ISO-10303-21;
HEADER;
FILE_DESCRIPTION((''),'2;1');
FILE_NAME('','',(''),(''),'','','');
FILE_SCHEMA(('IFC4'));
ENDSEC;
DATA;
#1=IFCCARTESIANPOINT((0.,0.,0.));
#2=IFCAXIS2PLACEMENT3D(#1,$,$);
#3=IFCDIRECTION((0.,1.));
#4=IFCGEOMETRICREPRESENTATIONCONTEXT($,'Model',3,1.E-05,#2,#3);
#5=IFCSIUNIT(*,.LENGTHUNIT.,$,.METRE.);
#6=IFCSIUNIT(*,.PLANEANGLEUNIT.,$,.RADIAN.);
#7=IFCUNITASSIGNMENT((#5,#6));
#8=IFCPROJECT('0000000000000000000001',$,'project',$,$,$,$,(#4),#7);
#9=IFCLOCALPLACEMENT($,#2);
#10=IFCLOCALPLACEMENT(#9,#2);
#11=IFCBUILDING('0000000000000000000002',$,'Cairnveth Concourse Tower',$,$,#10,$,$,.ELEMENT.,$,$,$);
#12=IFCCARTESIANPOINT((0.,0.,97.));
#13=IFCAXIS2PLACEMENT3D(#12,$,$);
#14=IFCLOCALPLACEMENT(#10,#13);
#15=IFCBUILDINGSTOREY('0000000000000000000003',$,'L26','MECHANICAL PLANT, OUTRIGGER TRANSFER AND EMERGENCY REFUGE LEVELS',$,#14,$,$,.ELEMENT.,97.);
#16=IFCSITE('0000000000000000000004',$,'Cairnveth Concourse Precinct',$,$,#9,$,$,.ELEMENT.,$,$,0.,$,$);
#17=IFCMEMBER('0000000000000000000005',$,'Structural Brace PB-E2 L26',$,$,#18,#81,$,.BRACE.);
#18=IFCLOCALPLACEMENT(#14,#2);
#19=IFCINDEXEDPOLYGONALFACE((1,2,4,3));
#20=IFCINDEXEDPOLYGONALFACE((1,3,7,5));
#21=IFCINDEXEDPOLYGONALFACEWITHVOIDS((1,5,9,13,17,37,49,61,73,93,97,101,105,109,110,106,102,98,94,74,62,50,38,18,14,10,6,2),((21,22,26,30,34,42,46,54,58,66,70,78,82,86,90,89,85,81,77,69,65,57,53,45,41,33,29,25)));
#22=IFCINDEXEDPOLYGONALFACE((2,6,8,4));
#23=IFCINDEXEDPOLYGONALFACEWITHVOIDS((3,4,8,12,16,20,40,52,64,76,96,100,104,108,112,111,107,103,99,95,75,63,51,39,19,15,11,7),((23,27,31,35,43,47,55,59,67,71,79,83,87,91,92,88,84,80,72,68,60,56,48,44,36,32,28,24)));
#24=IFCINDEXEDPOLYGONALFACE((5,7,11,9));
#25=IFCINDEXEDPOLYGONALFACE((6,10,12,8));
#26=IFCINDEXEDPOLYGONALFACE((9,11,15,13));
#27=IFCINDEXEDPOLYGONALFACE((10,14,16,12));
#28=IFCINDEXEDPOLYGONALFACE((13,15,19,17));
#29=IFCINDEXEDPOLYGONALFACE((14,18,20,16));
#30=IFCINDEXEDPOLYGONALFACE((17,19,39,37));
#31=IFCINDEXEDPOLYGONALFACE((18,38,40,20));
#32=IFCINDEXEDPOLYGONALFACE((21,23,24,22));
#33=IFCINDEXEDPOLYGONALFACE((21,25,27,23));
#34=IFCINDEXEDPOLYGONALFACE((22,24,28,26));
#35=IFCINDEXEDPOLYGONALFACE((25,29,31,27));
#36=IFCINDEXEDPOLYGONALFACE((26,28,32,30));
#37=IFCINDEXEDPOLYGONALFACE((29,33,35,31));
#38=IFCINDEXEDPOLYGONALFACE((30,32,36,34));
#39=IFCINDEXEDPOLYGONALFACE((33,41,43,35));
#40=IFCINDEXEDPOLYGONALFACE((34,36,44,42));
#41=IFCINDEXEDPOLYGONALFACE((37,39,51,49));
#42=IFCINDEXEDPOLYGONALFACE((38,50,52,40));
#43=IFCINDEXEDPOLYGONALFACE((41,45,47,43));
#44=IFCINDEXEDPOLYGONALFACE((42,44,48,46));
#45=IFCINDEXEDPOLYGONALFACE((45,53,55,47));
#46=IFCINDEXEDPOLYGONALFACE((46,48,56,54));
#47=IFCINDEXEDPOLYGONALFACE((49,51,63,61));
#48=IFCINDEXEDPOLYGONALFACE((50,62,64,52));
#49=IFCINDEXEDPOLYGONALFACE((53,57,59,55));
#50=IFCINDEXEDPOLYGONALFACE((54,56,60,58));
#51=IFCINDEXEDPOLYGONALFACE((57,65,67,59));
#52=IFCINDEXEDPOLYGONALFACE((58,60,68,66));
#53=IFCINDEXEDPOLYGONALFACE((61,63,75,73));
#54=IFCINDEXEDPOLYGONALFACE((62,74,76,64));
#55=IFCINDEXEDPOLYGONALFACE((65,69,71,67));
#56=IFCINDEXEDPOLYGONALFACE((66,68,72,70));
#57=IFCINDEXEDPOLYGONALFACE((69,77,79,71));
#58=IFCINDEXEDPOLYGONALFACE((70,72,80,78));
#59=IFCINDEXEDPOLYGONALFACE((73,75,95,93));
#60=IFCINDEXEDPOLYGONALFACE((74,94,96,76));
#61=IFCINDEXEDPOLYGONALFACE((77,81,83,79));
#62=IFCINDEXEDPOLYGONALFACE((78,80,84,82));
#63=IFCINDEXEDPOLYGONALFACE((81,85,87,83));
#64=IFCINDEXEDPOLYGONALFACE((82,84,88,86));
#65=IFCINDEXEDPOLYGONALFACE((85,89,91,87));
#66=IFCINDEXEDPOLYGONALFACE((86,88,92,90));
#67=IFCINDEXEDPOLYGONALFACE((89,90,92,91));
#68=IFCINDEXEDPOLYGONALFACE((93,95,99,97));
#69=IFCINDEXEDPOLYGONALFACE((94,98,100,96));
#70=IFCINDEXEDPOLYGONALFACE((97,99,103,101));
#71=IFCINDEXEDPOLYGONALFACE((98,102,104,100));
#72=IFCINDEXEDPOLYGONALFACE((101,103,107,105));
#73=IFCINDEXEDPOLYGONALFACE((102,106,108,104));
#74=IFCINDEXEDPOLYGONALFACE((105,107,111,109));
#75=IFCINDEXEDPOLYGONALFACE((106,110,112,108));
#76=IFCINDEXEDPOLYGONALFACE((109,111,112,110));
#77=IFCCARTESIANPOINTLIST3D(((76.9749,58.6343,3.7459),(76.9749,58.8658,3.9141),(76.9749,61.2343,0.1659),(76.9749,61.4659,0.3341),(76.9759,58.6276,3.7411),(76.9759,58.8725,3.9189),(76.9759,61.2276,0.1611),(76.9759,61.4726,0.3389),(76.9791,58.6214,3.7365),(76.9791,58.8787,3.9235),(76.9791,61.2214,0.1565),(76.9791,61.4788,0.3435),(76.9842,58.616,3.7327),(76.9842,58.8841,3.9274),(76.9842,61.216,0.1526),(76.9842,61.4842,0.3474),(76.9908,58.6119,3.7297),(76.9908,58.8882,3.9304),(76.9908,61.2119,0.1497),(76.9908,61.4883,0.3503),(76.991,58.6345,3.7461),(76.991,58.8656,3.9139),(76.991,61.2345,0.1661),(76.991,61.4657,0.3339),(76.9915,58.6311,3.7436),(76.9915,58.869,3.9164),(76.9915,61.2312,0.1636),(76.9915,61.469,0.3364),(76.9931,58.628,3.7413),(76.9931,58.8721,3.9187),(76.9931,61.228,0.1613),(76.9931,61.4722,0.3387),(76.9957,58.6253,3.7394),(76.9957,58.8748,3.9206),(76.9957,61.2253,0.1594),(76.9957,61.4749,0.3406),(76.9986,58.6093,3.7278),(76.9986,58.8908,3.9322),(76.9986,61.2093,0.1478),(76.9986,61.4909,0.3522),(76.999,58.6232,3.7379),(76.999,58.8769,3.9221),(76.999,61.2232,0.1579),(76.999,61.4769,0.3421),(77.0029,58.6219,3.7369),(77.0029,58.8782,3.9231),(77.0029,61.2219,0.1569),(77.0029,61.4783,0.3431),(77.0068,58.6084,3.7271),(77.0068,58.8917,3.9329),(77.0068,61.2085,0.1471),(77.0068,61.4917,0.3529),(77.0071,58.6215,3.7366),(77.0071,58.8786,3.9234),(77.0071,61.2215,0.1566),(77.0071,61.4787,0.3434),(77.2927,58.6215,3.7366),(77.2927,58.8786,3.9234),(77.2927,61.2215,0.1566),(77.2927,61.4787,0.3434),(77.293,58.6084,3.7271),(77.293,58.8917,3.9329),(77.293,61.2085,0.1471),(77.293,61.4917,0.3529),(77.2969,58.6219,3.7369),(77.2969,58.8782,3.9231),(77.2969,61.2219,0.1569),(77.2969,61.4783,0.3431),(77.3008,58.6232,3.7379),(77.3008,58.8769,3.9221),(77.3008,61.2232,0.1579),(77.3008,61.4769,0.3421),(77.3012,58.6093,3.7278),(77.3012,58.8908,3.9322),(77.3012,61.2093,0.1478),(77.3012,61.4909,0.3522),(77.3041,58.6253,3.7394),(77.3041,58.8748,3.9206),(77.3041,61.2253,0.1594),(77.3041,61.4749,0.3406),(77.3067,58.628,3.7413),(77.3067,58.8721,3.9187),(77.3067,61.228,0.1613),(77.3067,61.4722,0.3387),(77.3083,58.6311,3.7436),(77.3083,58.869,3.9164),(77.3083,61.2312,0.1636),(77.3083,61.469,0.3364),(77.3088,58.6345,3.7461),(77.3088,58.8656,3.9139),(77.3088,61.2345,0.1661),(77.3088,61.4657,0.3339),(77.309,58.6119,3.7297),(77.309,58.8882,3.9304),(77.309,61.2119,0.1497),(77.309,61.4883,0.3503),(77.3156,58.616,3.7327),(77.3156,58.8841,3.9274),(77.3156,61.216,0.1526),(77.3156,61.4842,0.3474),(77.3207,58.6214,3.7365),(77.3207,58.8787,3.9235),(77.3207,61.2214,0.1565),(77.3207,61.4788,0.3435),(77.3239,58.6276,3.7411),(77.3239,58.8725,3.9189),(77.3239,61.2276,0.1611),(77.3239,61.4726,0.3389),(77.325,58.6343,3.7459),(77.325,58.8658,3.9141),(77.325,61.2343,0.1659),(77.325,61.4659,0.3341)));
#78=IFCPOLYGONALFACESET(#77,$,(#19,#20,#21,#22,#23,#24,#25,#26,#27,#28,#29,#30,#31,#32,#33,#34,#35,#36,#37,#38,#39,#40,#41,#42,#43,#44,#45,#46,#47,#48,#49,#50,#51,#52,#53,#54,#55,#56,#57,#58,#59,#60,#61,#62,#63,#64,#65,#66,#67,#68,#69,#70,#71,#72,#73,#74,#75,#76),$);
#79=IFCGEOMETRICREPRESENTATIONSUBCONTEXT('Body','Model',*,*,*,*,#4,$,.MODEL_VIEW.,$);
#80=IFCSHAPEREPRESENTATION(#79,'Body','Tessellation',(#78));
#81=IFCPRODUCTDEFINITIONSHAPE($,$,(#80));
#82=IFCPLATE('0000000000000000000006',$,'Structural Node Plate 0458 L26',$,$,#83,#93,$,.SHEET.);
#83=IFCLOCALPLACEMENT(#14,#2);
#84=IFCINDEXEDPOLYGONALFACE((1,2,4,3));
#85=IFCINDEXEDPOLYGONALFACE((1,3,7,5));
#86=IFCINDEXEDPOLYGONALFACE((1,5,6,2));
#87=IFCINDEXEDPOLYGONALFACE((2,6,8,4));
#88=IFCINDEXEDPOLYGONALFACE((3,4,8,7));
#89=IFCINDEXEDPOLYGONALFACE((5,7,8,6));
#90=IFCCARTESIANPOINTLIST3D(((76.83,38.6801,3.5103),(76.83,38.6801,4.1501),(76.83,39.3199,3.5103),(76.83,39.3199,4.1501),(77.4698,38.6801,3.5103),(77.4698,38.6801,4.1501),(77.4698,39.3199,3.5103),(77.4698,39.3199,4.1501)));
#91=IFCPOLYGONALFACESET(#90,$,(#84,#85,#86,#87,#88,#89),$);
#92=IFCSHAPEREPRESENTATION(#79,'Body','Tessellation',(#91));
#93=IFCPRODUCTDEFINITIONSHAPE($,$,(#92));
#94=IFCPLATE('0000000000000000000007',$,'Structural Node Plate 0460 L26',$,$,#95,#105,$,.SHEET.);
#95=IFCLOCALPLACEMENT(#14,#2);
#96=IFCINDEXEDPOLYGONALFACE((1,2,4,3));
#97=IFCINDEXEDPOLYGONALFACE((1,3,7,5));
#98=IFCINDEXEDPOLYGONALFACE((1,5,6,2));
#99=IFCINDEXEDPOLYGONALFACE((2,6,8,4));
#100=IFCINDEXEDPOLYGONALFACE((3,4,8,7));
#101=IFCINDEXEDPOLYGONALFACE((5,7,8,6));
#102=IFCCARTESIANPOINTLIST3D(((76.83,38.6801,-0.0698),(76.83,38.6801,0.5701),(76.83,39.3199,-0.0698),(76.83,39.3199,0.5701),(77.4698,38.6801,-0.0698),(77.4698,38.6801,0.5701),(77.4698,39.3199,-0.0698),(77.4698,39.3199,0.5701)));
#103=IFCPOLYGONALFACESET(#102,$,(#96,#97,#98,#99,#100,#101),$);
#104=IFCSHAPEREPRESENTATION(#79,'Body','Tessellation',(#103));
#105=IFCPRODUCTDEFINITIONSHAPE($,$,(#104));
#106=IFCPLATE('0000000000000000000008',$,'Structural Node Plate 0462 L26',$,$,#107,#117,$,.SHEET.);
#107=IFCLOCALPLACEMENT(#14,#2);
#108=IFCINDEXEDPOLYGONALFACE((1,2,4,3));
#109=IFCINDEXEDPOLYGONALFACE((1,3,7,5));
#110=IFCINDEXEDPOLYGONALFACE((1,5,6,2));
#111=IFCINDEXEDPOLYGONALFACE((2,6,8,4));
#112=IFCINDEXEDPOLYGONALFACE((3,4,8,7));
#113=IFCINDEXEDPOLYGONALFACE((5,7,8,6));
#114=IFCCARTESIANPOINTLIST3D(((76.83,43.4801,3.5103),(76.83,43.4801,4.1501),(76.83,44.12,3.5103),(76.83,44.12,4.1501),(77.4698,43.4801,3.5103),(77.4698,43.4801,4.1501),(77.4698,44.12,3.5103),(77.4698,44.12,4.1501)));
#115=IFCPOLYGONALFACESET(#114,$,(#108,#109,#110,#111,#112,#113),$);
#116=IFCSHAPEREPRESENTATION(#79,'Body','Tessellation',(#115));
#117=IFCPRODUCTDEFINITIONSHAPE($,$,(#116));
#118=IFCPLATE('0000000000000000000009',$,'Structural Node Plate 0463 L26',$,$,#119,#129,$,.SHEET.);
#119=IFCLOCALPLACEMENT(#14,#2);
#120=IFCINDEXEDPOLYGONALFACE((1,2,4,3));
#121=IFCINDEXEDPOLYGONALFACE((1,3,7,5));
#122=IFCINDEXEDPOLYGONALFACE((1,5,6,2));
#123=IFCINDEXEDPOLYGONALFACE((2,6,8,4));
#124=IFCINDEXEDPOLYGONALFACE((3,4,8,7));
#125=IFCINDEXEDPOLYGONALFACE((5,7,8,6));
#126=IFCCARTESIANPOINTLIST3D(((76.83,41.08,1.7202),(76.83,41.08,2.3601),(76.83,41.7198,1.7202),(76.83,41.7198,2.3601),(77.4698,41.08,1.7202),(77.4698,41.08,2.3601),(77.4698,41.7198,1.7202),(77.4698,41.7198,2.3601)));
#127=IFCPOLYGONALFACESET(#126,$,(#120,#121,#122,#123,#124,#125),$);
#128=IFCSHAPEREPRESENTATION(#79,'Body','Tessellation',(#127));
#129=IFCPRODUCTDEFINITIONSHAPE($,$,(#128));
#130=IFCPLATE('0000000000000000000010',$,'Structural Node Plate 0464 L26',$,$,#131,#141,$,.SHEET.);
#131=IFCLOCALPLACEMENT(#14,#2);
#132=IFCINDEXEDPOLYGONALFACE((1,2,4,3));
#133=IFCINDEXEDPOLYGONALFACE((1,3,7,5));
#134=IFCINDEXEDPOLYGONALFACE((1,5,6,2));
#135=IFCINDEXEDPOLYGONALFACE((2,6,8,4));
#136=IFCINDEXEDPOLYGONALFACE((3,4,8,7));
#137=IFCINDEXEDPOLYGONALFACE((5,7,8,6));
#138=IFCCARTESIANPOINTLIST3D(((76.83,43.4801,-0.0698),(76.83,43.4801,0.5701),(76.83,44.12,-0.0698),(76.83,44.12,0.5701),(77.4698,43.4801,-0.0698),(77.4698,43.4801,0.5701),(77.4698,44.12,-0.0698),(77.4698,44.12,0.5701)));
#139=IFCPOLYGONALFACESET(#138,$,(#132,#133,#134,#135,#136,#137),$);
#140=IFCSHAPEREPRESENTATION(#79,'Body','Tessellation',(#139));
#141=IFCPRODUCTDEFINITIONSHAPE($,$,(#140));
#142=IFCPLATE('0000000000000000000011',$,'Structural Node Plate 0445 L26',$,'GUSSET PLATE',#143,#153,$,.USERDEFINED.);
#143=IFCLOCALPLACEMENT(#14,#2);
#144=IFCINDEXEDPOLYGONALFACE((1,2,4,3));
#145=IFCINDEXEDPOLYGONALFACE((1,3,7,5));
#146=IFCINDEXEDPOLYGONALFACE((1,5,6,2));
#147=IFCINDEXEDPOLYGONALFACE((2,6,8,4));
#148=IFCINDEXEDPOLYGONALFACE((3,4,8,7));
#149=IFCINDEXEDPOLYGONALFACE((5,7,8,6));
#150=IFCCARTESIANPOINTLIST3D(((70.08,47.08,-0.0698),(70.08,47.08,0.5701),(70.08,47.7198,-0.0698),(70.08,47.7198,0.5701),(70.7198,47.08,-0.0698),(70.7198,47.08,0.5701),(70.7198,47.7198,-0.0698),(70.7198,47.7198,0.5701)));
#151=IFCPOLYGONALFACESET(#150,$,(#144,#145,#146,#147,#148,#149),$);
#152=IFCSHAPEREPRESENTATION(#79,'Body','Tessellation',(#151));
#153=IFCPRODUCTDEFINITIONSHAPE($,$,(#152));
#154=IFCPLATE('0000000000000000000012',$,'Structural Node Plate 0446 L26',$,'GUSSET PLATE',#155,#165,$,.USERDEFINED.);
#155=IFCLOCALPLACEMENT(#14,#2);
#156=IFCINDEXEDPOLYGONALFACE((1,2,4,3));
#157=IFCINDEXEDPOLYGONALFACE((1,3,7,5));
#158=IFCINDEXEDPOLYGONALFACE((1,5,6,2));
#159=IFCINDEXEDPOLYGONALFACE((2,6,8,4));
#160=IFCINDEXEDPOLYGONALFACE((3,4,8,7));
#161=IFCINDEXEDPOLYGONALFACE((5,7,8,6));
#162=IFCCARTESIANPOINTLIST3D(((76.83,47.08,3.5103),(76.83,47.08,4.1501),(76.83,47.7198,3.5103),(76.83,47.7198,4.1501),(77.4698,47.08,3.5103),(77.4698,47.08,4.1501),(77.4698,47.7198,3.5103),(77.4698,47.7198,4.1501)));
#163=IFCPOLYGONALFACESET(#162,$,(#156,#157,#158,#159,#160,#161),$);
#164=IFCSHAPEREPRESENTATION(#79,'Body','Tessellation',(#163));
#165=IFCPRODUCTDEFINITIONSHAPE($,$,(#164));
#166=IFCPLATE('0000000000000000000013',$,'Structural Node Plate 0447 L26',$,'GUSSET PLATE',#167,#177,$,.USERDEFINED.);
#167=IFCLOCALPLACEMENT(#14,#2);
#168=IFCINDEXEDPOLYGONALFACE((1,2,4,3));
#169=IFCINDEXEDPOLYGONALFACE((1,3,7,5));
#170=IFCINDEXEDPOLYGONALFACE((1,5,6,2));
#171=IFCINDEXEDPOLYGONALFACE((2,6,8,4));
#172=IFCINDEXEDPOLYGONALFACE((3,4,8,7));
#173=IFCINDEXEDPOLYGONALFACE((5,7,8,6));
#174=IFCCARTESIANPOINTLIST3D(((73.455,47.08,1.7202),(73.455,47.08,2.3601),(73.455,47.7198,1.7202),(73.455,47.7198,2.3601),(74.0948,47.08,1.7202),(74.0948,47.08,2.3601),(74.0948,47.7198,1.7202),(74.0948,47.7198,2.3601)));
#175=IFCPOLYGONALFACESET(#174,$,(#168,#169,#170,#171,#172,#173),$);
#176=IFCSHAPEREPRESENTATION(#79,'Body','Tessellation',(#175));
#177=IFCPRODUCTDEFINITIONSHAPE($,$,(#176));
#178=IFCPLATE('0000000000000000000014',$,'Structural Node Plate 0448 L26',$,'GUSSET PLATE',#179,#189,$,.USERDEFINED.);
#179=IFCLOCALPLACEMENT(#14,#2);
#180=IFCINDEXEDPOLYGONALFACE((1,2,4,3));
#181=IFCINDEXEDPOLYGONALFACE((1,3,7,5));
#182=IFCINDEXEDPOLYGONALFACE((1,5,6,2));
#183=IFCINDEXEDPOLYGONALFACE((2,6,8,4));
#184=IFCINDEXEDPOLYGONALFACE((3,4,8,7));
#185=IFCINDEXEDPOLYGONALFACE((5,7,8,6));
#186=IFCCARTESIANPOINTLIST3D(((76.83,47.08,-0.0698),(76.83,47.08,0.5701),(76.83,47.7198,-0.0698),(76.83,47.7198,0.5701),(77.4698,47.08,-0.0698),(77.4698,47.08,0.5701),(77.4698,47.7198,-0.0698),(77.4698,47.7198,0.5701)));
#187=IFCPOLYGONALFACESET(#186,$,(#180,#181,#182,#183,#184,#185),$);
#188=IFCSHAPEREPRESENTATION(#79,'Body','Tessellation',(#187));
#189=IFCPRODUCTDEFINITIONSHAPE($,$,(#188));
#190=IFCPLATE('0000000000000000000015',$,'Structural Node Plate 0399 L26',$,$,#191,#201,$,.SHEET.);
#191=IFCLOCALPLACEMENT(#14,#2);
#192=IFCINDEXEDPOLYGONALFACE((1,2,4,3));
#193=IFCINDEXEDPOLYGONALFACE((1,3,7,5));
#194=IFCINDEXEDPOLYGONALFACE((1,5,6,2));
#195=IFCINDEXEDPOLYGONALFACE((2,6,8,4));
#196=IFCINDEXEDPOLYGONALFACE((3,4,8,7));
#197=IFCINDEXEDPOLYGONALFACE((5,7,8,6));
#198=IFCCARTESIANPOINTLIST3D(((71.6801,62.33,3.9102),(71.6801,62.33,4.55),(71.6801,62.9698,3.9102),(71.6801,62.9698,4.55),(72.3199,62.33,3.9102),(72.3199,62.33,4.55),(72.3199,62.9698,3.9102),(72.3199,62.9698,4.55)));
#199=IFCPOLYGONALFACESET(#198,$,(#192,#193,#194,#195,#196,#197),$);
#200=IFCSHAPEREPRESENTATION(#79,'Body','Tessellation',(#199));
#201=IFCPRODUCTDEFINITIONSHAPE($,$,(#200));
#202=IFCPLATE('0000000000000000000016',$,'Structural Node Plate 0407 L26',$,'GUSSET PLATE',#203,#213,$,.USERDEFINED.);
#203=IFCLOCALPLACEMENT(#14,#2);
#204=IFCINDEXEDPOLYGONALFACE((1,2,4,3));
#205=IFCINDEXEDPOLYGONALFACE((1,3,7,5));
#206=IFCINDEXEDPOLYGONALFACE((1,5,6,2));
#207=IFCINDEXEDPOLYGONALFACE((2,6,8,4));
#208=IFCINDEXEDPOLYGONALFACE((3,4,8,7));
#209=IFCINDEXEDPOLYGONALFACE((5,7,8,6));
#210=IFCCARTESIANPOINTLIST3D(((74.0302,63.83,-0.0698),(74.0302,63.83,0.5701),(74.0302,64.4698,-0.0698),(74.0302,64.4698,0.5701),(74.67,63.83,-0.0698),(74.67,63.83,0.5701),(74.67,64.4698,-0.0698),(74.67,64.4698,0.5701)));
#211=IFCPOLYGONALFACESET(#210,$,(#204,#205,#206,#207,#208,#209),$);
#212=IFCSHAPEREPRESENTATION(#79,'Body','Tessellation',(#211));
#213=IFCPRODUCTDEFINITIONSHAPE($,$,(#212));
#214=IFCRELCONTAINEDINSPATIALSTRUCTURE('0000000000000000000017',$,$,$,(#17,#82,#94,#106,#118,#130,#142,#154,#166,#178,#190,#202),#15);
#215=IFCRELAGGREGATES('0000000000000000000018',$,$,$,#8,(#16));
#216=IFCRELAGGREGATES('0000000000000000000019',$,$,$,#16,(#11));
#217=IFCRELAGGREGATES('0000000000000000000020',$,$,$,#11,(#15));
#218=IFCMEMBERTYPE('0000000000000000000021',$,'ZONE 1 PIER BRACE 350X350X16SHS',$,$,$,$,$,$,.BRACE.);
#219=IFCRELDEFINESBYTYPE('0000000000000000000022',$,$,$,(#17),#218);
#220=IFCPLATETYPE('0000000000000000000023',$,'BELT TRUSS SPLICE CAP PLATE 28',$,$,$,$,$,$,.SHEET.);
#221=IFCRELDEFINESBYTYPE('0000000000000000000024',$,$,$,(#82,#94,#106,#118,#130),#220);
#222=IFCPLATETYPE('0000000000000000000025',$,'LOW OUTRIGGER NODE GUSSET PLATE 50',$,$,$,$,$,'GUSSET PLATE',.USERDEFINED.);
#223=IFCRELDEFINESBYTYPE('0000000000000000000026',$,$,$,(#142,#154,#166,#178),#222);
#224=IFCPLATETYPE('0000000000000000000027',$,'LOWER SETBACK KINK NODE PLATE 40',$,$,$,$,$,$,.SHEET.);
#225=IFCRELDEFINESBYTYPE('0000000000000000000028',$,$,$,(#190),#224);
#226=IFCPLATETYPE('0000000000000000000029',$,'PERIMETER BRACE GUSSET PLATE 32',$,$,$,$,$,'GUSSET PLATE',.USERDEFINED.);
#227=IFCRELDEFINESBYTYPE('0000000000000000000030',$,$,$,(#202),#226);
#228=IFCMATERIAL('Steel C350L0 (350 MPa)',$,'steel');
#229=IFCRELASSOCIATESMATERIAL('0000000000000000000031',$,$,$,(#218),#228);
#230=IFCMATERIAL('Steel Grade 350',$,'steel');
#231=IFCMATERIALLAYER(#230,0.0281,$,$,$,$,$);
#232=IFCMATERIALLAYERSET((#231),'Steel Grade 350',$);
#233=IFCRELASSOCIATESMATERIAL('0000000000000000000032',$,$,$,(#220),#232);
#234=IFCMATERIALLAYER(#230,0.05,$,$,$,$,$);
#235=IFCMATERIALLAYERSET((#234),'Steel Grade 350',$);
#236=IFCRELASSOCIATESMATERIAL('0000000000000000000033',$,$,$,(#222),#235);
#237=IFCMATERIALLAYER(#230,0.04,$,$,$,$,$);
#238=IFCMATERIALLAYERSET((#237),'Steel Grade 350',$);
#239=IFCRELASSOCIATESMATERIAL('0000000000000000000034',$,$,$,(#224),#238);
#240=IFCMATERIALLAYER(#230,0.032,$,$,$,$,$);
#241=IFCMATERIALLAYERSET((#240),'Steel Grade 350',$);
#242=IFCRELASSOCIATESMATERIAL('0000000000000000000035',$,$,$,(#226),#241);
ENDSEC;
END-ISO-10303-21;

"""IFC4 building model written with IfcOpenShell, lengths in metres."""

from ifc_helpers import new_model, si_unit, direction, frame, origin, origin_2d, place, context, subcontext, project, spatial, rectangle, hollow_rectangle, extrude, material, layer, layer_set, material_profile, profile_set, type_object, element, save


model = new_model("IFC4")

# Units and contexts
model_context = context("Model", 3, precision=1e-05, world=origin(), true_north=direction((0.0, 1.0)))
body_context = subcontext(model_context, "Body", "Model", "MODEL_VIEW")
ifc_project = project(units=[si_unit("LENGTHUNIT", "METRE"), si_unit("PLANEANGLEUNIT", "RADIAN")], contexts=[model_context])

# Site, building, storey
site_placement = place(None, origin())
site = spatial("IfcSite", under=ifc_project, at=site_placement, Name="Cairnveth Concourse Precinct", CompositionType="ELEMENT", RefElevation=0.0)
building_placement = place(site_placement, origin())
building = spatial("IfcBuilding", under=site, at=building_placement, Name="Cairnveth Concourse Tower", CompositionType="ELEMENT")
storey_placement = place(building_placement, frame((0.0, 0.0, 97.0)))
storey = spatial("IfcBuildingStorey", under=building, at=storey_placement, Name="L26", Description="MECHANICAL PLANT, OUTRIGGER TRANSFER AND EMERGENCY REFUGE LEVELS", CompositionType="ELEMENT", Elevation=97.0)

# Shared definitions
ifc_material_1 = material(Name="Steel C350L0 (350 MPa)", Category="steel")

# Shared definitions
ifc_material_2 = material(Name="Steel Grade 350", Category="steel")

# Member
ifc_material_profile_1 = material_profile(ifc_material_1, hollow_rectangle(XDim=0.3501, YDim=0.3501, WallThickness=0.0161, InnerFilletRadius=0.0161, OuterFilletRadius=0.032, at=origin_2d()), Name="350x350x16.0SHS")
ifc_profile_set_1 = profile_set([ifc_material_profile_1], Name="Steel C350L0 (350 MPa)")
member_type_1 = type_object("IfcMemberType", Name="ZONE 1 PIER BRACE 350X350X16SHS", PredefinedType="BRACE", material=ifc_profile_set_1)
for number, where, z_axis, x_axis, name in (
    (1, (77.1499, 61.3501, 0.25), (0.0, -0.58764, 0.809122), (1.0, 0.0, 0.0), "Structural Brace PB-E2 L26"),
):
    element("IfcMember", number, at=place(storey_placement, frame(where, z_axis=z_axis, x_axis=x_axis)), inside=storey, type_object=member_type_1, Name=name, PredefinedType="BRACE", context=body_context, shape_type="SweptSolid", body=[
        extrude(hollow_rectangle(XDim=0.3501, YDim=0.3501, WallThickness=0.0161, InnerFilletRadius=0.0161, OuterFilletRadius=0.032, at=origin_2d()), origin(), (0.0, 0.0, 1.0), 4.4246),
    ])

# Plates
ifc_layer_1 = layer(ifc_material_2, 0.0281)
ifc_layer_set_1 = layer_set([ifc_layer_1], Name="Steel Grade 350")
plate_type_1 = type_object("IfcPlateType", Name="BELT TRUSS SPLICE CAP PLATE 28", PredefinedType="SHEET", material=ifc_layer_set_1)
for number, where, z_axis, x_axis, name in (
    (2, (77.1499, 39.0, 3.5103), (0.0, 0.0, 1.0), (1.0, 0.0, 0.0), "Structural Node Plate 0458 L26"),
    (3, (77.1499, 39.0, -0.0698), (0.0, 0.0, 1.0), (1.0, 0.0, 0.0), "Structural Node Plate 0460 L26"),
    (4, (77.1499, 43.8, 3.5103), (0.0, 0.0, 1.0), (1.0, 0.0, 0.0), "Structural Node Plate 0462 L26"),
    (5, (77.1499, 41.3999, 1.7202), (0.0, 0.0, 1.0), (1.0, 0.0, 0.0), "Structural Node Plate 0463 L26"),
    (6, (77.1499, 43.8, -0.0698), (0.0, 0.0, 1.0), (1.0, 0.0, 0.0), "Structural Node Plate 0464 L26"),
):
    element("IfcPlate", number, at=place(storey_placement, frame(where, z_axis=z_axis, x_axis=x_axis)), inside=storey, type_object=plate_type_1, Name=name, PredefinedType="SHEET", context=body_context, shape_type="SweptSolid", body=[
        extrude(rectangle(XDim=0.6399, YDim=0.6399, at=origin_2d()), origin(), (0.0, 0.0, 1.0), 0.6399),
    ])
ifc_layer_2 = layer(ifc_material_2, 0.05)
ifc_layer_set_2 = layer_set([ifc_layer_2], Name="Steel Grade 350")
plate_type_2 = type_object("IfcPlateType", Name="LOW OUTRIGGER NODE GUSSET PLATE 50", ElementType="GUSSET PLATE", PredefinedType="USERDEFINED", material=ifc_layer_set_2)
for number, where, z_axis, x_axis, name in (
    (7, (70.3999, 47.3999, -0.0698), (0.0, 0.0, 1.0), (1.0, 0.0, 0.0), "Structural Node Plate 0445 L26"),
    (8, (77.1499, 47.3999, 3.5103), (0.0, 0.0, 1.0), (1.0, 0.0, 0.0), "Structural Node Plate 0446 L26"),
    (9, (73.7749, 47.3999, 1.7202), (0.0, 0.0, 1.0), (1.0, 0.0, 0.0), "Structural Node Plate 0447 L26"),
    (10, (77.1499, 47.3999, -0.0698), (0.0, 0.0, 1.0), (1.0, 0.0, 0.0), "Structural Node Plate 0448 L26"),
):
    element("IfcPlate", number, at=place(storey_placement, frame(where, z_axis=z_axis, x_axis=x_axis)), inside=storey, type_object=plate_type_2, Name=name, ObjectType="GUSSET PLATE", PredefinedType="USERDEFINED", context=body_context, shape_type="SweptSolid", body=[
        extrude(rectangle(XDim=0.6399, YDim=0.6399, at=origin_2d()), origin(), (0.0, 0.0, 1.0), 0.6399),
    ])
ifc_layer_3 = layer(ifc_material_2, 0.04)
ifc_layer_set_3 = layer_set([ifc_layer_3], Name="Steel Grade 350")
plate_type_3 = type_object("IfcPlateType", Name="LOWER SETBACK KINK NODE PLATE 40", PredefinedType="SHEET", material=ifc_layer_set_3)
plate_placement = place(storey_placement, frame((72.0, 62.6499, 3.9102), z_axis=(0.0, 0.0, 1.0), x_axis=(1.0, 0.0, 0.0)))
element("IfcPlate", 11, at=plate_placement, inside=storey, type_object=plate_type_3, Name="Structural Node Plate 0399 L26", PredefinedType="SHEET", context=body_context, shape_type="SweptSolid", body=[
    extrude(rectangle(XDim=0.6399, YDim=0.6399, at=origin_2d()), origin(), (0.0, 0.0, 1.0), 0.6399),
])
ifc_layer_4 = layer(ifc_material_2, 0.032)
ifc_layer_set_4 = layer_set([ifc_layer_4], Name="Steel Grade 350")
plate_type_4 = type_object("IfcPlateType", Name="PERIMETER BRACE GUSSET PLATE 32", ElementType="GUSSET PLATE", PredefinedType="USERDEFINED", material=ifc_layer_set_4)
for number, where, z_axis, x_axis, name in (
    (12, (74.3501, 64.1499, -0.0698), (0.0, 0.0, 1.0), (1.0, 0.0, 0.0), "Structural Node Plate 0407 L26"),
):
    element("IfcPlate", number, at=place(storey_placement, frame(where, z_axis=z_axis, x_axis=x_axis)), inside=storey, type_object=plate_type_4, Name=name, ObjectType="GUSSET PLATE", PredefinedType="USERDEFINED", context=body_context, shape_type="SweptSolid", body=[
        extrude(rectangle(XDim=0.6399, YDim=0.6399, at=origin_2d()), origin(), (0.0, 0.0, 1.0), 0.6399),
    ])

save(model, "model.ifc")
